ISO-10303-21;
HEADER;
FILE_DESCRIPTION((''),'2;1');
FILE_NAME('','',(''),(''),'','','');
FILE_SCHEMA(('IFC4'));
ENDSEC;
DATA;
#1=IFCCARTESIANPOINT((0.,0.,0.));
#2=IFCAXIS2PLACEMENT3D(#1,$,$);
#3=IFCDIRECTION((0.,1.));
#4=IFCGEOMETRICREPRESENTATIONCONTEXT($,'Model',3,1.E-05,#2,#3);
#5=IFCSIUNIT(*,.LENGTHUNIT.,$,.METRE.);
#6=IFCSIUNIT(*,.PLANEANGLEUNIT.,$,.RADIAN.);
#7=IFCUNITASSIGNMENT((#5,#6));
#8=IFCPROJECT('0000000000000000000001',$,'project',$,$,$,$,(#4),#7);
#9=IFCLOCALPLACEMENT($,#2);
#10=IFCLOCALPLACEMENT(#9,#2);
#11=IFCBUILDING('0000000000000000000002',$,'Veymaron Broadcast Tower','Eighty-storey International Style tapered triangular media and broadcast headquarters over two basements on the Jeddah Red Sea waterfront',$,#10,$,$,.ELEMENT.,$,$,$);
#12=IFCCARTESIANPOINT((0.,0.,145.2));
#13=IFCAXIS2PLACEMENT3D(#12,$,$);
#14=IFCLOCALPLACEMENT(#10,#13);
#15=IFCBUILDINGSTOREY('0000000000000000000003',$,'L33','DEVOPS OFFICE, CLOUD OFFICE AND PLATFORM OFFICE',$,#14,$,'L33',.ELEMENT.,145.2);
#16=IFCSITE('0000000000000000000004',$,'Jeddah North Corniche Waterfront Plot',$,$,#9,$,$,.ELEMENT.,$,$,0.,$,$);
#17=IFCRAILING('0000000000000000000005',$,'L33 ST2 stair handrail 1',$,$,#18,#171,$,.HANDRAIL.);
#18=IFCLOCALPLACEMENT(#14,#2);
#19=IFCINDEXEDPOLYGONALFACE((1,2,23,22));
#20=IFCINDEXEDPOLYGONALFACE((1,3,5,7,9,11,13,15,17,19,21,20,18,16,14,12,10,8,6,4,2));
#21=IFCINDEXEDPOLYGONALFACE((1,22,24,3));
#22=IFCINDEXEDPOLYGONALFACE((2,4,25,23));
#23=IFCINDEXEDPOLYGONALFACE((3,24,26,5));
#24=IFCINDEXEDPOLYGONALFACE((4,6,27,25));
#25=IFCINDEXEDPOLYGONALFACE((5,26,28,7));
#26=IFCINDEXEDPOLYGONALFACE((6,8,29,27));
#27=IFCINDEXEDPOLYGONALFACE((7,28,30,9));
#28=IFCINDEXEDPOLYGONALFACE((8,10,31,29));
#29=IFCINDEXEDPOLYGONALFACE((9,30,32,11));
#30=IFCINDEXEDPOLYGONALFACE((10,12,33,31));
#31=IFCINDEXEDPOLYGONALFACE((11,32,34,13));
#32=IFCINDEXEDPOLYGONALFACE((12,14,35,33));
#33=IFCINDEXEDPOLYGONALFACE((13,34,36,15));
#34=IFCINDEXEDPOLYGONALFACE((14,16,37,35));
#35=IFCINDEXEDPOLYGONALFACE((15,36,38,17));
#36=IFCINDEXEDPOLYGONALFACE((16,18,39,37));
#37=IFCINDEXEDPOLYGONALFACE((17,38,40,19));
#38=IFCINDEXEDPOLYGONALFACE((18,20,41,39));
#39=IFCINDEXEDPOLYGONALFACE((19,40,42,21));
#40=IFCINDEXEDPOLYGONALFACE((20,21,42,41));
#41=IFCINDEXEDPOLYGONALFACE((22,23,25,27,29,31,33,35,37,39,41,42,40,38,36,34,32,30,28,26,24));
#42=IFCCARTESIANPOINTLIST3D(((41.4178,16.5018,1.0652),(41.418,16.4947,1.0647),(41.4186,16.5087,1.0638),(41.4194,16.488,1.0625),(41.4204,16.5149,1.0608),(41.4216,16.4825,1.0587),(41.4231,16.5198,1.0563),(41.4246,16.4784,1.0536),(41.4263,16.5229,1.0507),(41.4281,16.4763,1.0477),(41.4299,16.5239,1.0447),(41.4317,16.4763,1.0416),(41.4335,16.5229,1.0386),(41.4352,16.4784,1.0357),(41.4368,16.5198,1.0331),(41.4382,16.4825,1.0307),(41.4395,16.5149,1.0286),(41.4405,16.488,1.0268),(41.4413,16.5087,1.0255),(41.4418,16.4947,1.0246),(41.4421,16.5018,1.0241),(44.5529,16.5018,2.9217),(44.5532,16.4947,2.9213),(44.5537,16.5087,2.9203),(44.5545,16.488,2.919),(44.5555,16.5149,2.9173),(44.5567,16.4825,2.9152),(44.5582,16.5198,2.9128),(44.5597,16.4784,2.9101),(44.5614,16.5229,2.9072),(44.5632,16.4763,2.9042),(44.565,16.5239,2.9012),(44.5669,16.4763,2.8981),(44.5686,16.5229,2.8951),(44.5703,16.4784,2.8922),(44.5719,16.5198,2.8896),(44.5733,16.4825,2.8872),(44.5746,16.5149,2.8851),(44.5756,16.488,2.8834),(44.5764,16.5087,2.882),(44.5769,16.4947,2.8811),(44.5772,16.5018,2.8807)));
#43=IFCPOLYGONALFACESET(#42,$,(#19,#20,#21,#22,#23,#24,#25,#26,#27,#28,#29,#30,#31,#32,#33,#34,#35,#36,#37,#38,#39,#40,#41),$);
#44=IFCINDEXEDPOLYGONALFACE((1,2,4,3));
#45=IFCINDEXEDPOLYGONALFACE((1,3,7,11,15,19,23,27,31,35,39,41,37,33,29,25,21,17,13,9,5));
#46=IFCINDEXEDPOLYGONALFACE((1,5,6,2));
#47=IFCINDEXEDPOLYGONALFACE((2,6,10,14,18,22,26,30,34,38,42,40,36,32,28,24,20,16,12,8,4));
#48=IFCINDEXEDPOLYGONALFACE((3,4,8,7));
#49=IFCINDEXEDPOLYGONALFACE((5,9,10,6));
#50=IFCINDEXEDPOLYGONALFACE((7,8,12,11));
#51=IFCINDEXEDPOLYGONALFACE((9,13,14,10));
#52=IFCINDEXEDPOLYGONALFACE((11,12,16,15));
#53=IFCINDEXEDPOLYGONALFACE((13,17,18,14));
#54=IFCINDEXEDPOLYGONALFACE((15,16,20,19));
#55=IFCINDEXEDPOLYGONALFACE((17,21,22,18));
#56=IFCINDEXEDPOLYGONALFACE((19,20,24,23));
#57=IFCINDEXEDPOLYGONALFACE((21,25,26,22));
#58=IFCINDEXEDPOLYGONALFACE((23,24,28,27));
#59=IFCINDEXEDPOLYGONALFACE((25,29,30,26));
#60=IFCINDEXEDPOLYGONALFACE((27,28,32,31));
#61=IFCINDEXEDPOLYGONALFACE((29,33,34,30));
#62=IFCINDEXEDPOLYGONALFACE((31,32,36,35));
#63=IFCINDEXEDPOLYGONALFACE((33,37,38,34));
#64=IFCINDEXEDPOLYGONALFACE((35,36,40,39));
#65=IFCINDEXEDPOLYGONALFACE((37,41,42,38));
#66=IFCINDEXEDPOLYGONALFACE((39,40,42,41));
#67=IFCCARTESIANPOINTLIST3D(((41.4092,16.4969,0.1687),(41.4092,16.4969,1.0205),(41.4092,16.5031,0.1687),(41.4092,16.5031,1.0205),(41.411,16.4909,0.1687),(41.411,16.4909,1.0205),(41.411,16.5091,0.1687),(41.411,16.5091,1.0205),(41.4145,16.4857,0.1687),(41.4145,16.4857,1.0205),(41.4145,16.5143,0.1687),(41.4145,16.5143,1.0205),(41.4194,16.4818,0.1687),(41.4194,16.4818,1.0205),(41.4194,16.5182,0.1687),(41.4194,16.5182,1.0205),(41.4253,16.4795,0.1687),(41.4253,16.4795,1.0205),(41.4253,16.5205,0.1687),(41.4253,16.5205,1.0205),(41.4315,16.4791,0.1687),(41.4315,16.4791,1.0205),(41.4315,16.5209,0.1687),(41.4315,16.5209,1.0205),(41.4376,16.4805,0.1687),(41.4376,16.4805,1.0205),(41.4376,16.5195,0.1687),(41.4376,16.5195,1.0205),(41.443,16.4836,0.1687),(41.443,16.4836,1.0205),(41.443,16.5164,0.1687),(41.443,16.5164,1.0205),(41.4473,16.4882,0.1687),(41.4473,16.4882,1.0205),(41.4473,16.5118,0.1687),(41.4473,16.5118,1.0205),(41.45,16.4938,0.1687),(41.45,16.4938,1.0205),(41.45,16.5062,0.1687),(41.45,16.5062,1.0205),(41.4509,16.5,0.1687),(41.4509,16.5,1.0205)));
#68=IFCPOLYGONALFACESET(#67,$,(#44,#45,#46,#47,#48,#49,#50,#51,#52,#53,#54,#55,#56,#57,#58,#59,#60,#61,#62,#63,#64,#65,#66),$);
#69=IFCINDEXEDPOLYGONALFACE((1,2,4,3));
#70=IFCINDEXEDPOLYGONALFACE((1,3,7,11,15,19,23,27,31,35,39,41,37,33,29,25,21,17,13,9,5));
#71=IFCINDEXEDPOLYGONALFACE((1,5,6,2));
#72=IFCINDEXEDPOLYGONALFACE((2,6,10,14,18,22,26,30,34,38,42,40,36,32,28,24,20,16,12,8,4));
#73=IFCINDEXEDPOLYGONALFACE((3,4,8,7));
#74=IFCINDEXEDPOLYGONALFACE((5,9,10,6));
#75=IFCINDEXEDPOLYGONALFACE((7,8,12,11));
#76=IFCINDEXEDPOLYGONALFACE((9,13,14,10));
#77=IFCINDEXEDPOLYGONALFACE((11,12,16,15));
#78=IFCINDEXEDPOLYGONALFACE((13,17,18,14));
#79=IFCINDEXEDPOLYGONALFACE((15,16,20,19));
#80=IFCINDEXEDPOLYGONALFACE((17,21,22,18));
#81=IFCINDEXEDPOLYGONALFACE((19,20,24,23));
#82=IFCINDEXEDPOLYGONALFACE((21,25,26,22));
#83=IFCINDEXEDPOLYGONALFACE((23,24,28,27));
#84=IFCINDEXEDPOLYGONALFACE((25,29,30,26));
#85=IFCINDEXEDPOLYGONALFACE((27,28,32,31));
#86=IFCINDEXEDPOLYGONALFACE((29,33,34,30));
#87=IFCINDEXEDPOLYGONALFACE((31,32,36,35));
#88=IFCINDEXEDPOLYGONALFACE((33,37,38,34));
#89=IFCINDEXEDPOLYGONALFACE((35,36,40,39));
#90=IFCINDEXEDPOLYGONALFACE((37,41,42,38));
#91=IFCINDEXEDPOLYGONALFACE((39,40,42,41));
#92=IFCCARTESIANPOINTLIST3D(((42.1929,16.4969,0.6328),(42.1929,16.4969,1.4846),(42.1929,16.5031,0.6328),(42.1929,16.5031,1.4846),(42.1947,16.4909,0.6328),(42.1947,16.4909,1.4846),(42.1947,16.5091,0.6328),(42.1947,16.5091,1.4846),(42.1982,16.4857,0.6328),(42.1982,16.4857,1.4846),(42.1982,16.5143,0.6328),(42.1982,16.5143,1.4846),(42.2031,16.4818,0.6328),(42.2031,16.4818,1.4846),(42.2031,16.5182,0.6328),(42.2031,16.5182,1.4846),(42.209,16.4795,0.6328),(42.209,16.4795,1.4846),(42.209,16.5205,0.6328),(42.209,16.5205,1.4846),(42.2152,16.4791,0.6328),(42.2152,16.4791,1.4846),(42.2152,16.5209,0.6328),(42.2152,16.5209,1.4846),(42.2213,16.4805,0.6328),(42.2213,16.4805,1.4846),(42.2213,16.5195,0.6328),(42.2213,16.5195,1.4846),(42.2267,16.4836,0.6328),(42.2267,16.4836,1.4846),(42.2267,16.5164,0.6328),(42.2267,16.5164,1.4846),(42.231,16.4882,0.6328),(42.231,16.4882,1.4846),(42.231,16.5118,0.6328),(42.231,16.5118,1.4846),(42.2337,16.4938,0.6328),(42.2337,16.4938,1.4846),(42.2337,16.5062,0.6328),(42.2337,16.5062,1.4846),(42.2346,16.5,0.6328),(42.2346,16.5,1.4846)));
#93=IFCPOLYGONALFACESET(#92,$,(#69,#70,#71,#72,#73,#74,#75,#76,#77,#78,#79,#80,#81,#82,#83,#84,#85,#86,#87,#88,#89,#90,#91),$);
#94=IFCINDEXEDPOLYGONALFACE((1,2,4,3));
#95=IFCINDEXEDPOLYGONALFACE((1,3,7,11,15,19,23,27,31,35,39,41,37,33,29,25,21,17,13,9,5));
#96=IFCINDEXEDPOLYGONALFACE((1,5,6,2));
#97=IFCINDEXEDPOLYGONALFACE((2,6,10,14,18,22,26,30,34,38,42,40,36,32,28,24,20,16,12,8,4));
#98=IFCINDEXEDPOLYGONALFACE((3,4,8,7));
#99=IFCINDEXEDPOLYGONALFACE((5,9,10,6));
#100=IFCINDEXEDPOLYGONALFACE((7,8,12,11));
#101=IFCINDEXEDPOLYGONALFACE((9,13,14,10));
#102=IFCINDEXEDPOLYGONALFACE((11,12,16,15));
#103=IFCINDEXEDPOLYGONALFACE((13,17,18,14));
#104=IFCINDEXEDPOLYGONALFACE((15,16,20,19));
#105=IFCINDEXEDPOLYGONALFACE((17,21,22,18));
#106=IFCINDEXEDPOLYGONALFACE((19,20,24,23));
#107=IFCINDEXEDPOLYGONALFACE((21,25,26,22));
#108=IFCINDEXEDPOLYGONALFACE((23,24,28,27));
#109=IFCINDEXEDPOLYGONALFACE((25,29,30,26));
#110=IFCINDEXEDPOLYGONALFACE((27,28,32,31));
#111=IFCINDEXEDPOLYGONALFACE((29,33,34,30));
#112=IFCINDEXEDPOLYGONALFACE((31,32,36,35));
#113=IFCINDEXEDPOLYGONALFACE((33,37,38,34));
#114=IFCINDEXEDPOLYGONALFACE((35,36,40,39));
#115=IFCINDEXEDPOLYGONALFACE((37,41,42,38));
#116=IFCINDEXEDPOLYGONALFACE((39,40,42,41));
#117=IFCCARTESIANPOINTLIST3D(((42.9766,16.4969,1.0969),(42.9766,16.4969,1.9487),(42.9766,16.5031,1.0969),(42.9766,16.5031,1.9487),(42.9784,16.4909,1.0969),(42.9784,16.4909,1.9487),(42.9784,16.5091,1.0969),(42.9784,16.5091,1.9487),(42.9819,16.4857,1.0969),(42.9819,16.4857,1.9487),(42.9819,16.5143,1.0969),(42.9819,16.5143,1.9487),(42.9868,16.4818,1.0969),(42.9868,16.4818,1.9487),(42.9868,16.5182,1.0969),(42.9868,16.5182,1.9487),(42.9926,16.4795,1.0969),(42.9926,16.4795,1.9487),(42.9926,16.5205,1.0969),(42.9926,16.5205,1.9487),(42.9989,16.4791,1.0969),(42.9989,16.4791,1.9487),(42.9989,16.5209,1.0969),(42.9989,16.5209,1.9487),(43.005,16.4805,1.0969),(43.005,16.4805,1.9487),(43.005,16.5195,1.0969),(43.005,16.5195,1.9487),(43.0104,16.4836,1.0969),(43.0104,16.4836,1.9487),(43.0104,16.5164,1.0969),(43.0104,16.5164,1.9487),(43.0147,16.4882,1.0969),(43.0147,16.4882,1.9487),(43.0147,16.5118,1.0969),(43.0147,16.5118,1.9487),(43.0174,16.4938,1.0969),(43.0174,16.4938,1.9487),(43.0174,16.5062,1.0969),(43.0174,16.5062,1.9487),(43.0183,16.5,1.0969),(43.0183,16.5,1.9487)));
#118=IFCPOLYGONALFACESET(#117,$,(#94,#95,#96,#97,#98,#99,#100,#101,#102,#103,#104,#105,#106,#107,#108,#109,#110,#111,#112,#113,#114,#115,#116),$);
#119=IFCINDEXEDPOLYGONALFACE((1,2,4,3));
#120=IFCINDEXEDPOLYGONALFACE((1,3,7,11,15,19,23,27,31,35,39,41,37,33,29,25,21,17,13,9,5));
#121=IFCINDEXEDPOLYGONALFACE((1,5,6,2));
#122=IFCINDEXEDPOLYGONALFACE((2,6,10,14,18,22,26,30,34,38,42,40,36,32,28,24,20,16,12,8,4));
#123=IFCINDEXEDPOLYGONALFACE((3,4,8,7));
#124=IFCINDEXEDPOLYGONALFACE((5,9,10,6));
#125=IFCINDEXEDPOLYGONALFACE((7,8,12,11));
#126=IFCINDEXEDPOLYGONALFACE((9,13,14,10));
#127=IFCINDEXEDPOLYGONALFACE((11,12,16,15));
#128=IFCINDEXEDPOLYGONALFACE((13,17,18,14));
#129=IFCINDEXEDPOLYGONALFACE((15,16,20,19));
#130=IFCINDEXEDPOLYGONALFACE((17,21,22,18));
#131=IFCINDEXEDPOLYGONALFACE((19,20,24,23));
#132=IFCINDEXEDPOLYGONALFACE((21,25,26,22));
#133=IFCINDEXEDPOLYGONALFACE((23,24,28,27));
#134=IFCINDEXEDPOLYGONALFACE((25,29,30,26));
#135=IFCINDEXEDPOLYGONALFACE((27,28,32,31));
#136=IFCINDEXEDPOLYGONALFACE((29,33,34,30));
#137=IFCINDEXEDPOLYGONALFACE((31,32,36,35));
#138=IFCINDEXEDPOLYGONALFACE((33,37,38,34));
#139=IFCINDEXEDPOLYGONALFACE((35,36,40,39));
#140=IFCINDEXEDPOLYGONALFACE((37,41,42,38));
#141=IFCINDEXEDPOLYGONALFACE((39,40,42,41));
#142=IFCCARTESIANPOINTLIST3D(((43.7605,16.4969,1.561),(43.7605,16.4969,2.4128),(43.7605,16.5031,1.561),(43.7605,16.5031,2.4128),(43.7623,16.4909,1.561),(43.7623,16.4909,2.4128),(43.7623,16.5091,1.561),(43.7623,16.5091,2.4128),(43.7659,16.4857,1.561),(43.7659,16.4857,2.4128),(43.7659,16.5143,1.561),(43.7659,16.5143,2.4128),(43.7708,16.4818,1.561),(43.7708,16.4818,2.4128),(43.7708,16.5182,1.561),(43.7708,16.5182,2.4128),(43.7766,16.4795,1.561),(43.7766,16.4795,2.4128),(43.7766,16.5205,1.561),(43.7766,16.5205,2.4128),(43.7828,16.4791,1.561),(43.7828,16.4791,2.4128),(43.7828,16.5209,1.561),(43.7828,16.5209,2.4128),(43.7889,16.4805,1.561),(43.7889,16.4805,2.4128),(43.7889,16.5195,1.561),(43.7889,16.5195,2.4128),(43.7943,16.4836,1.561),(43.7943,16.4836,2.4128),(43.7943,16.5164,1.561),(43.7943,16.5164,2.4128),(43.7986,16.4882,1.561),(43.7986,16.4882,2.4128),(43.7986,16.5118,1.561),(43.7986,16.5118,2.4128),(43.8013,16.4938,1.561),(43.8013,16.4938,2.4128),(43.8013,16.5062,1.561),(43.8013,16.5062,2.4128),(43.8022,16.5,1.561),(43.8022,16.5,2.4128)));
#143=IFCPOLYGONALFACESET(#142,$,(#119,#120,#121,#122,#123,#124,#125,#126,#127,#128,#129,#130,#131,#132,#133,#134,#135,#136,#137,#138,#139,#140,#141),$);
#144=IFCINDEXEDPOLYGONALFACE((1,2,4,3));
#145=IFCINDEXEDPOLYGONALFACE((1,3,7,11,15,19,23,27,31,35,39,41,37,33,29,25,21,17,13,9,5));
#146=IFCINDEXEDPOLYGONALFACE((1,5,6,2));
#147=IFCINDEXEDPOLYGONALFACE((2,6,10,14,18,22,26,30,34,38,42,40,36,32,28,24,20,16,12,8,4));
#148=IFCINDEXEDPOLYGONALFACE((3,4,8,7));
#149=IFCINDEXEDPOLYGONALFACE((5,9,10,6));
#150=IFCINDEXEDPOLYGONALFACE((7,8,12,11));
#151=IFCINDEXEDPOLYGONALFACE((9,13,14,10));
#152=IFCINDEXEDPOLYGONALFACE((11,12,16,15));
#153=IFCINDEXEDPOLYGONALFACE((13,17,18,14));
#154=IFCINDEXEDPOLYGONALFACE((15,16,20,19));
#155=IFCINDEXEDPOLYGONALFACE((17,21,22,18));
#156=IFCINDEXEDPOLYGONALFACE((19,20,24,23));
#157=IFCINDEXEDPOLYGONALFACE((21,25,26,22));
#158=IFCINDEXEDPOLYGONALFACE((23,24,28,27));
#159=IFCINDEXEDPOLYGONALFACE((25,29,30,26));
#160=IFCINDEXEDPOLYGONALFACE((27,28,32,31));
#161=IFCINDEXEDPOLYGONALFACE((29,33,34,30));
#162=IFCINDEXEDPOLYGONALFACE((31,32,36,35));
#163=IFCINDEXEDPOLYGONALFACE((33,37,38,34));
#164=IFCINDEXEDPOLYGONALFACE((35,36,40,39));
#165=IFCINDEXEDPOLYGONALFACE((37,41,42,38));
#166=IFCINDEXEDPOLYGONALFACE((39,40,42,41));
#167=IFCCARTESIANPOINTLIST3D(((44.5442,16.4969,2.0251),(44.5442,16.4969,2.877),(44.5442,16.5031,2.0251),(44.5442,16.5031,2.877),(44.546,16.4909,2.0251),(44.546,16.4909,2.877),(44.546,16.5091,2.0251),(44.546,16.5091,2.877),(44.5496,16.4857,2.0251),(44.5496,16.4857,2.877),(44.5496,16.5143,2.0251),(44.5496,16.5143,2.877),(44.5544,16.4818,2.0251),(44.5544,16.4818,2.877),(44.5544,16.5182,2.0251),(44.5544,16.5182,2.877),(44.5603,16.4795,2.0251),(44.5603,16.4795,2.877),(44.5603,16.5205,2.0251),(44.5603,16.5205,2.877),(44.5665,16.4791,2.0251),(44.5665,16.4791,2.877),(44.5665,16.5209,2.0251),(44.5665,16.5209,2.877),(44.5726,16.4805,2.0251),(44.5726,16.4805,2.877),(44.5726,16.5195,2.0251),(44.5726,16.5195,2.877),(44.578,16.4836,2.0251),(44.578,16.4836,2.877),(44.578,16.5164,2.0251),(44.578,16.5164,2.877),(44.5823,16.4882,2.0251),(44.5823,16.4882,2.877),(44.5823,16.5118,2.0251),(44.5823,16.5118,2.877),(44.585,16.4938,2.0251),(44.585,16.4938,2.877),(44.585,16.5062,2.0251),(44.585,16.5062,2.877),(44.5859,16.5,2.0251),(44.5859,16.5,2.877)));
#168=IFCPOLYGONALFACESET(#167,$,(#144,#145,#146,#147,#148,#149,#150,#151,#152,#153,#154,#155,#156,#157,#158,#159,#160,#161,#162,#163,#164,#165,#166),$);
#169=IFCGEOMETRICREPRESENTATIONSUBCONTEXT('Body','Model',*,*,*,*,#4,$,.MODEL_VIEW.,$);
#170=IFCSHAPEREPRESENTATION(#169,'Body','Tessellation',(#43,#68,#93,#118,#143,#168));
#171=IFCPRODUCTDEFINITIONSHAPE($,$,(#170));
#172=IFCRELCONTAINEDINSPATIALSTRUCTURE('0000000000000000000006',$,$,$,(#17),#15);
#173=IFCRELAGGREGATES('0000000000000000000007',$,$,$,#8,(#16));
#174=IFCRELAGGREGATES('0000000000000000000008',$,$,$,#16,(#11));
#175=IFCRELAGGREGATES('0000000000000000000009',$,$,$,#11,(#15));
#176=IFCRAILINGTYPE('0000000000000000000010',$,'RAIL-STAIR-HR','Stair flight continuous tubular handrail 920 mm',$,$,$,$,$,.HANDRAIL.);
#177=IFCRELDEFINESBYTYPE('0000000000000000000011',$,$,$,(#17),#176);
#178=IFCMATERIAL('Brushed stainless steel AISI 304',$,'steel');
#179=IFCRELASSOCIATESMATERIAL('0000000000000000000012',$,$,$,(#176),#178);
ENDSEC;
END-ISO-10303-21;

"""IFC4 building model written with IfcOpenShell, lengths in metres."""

from ifc_helpers import new_model, si_unit, direction, frame, origin, origin_2d, place, context, subcontext, project, spatial, circle, extrude, material, type_object, element, save


model = new_model("IFC4")

# Units and contexts
model_context = context("Model", 3, precision=1e-05, world=origin(), true_north=direction((0.0, 1.0)))
body_context = subcontext(model_context, "Body", "Model", "MODEL_VIEW")
ifc_project = project(units=[si_unit("LENGTHUNIT", "METRE"), si_unit("PLANEANGLEUNIT", "RADIAN")], contexts=[model_context])

# Site, building, storey
site_placement = place(None, origin())
site = spatial("IfcSite", under=ifc_project, at=site_placement, Name="Jeddah North Corniche Waterfront Plot", CompositionType="ELEMENT", RefElevation=0.0)
building_placement = place(site_placement, origin())
building = spatial("IfcBuilding", under=site, at=building_placement, Name="Veymaron Broadcast Tower", Description="Eighty-storey International Style tapered triangular media and broadcast headquarters over two basements on the Jeddah Red Sea waterfront", CompositionType="ELEMENT")
storey_placement = place(building_placement, frame((0.0, 0.0, 145.2)))
storey = spatial("IfcBuildingStorey", under=building, at=storey_placement, Name="L33", Description="DEVOPS OFFICE, CLOUD OFFICE AND PLATFORM OFFICE", LongName="L33", CompositionType="ELEMENT", Elevation=145.2)

# Railing
ifc_material_1 = material(Name="Brushed stainless steel AISI 304", Category="steel")
railing_type_1 = type_object("IfcRailingType", Name="RAIL-STAIR-HR", Description="Stair flight continuous tubular handrail 920 mm", PredefinedType="HANDRAIL", material=ifc_material_1)
railing_1_placement = place(storey_placement, frame((41.4299, 16.5, 0.1687)))
element("IfcRailing", 1, at=railing_1_placement, inside=storey, type_object=railing_type_1, Name="L33 ST2 stair handrail 1", PredefinedType="HANDRAIL", context=body_context, shape_type="SweptSolid", body=[
    extrude(circle(Radius=0.0239, at=origin_2d()), frame((0.0, 0.0, 0.876), z_axis=(0.860453, 0.0, 0.509531), x_axis=(0.0, 1.0, 0.0)), (0.0, 0.0, 1.0), 3.6436),
    extrude(circle(Radius=0.021, at=origin_2d()), origin(), (0.0, 0.0, 1.0), 0.8518),
    extrude(circle(Radius=0.021, at=origin_2d()), frame((0.7837, 0.0, 0.4641)), (0.0, 0.0, 1.0), 0.8518),
    extrude(circle(Radius=0.021, at=origin_2d()), frame((1.5674, 0.0, 0.9282)), (0.0, 0.0, 1.0), 0.8518),
    extrude(circle(Radius=0.021, at=origin_2d()), frame((2.3513, 0.0, 1.3923)), (0.0, 0.0, 1.0), 0.8518),
    extrude(circle(Radius=0.021, at=origin_2d()), frame((3.135, 0.0, 1.8564)), (0.0, 0.0, 1.0), 0.8518),
])

save(model, "model.ifc")
